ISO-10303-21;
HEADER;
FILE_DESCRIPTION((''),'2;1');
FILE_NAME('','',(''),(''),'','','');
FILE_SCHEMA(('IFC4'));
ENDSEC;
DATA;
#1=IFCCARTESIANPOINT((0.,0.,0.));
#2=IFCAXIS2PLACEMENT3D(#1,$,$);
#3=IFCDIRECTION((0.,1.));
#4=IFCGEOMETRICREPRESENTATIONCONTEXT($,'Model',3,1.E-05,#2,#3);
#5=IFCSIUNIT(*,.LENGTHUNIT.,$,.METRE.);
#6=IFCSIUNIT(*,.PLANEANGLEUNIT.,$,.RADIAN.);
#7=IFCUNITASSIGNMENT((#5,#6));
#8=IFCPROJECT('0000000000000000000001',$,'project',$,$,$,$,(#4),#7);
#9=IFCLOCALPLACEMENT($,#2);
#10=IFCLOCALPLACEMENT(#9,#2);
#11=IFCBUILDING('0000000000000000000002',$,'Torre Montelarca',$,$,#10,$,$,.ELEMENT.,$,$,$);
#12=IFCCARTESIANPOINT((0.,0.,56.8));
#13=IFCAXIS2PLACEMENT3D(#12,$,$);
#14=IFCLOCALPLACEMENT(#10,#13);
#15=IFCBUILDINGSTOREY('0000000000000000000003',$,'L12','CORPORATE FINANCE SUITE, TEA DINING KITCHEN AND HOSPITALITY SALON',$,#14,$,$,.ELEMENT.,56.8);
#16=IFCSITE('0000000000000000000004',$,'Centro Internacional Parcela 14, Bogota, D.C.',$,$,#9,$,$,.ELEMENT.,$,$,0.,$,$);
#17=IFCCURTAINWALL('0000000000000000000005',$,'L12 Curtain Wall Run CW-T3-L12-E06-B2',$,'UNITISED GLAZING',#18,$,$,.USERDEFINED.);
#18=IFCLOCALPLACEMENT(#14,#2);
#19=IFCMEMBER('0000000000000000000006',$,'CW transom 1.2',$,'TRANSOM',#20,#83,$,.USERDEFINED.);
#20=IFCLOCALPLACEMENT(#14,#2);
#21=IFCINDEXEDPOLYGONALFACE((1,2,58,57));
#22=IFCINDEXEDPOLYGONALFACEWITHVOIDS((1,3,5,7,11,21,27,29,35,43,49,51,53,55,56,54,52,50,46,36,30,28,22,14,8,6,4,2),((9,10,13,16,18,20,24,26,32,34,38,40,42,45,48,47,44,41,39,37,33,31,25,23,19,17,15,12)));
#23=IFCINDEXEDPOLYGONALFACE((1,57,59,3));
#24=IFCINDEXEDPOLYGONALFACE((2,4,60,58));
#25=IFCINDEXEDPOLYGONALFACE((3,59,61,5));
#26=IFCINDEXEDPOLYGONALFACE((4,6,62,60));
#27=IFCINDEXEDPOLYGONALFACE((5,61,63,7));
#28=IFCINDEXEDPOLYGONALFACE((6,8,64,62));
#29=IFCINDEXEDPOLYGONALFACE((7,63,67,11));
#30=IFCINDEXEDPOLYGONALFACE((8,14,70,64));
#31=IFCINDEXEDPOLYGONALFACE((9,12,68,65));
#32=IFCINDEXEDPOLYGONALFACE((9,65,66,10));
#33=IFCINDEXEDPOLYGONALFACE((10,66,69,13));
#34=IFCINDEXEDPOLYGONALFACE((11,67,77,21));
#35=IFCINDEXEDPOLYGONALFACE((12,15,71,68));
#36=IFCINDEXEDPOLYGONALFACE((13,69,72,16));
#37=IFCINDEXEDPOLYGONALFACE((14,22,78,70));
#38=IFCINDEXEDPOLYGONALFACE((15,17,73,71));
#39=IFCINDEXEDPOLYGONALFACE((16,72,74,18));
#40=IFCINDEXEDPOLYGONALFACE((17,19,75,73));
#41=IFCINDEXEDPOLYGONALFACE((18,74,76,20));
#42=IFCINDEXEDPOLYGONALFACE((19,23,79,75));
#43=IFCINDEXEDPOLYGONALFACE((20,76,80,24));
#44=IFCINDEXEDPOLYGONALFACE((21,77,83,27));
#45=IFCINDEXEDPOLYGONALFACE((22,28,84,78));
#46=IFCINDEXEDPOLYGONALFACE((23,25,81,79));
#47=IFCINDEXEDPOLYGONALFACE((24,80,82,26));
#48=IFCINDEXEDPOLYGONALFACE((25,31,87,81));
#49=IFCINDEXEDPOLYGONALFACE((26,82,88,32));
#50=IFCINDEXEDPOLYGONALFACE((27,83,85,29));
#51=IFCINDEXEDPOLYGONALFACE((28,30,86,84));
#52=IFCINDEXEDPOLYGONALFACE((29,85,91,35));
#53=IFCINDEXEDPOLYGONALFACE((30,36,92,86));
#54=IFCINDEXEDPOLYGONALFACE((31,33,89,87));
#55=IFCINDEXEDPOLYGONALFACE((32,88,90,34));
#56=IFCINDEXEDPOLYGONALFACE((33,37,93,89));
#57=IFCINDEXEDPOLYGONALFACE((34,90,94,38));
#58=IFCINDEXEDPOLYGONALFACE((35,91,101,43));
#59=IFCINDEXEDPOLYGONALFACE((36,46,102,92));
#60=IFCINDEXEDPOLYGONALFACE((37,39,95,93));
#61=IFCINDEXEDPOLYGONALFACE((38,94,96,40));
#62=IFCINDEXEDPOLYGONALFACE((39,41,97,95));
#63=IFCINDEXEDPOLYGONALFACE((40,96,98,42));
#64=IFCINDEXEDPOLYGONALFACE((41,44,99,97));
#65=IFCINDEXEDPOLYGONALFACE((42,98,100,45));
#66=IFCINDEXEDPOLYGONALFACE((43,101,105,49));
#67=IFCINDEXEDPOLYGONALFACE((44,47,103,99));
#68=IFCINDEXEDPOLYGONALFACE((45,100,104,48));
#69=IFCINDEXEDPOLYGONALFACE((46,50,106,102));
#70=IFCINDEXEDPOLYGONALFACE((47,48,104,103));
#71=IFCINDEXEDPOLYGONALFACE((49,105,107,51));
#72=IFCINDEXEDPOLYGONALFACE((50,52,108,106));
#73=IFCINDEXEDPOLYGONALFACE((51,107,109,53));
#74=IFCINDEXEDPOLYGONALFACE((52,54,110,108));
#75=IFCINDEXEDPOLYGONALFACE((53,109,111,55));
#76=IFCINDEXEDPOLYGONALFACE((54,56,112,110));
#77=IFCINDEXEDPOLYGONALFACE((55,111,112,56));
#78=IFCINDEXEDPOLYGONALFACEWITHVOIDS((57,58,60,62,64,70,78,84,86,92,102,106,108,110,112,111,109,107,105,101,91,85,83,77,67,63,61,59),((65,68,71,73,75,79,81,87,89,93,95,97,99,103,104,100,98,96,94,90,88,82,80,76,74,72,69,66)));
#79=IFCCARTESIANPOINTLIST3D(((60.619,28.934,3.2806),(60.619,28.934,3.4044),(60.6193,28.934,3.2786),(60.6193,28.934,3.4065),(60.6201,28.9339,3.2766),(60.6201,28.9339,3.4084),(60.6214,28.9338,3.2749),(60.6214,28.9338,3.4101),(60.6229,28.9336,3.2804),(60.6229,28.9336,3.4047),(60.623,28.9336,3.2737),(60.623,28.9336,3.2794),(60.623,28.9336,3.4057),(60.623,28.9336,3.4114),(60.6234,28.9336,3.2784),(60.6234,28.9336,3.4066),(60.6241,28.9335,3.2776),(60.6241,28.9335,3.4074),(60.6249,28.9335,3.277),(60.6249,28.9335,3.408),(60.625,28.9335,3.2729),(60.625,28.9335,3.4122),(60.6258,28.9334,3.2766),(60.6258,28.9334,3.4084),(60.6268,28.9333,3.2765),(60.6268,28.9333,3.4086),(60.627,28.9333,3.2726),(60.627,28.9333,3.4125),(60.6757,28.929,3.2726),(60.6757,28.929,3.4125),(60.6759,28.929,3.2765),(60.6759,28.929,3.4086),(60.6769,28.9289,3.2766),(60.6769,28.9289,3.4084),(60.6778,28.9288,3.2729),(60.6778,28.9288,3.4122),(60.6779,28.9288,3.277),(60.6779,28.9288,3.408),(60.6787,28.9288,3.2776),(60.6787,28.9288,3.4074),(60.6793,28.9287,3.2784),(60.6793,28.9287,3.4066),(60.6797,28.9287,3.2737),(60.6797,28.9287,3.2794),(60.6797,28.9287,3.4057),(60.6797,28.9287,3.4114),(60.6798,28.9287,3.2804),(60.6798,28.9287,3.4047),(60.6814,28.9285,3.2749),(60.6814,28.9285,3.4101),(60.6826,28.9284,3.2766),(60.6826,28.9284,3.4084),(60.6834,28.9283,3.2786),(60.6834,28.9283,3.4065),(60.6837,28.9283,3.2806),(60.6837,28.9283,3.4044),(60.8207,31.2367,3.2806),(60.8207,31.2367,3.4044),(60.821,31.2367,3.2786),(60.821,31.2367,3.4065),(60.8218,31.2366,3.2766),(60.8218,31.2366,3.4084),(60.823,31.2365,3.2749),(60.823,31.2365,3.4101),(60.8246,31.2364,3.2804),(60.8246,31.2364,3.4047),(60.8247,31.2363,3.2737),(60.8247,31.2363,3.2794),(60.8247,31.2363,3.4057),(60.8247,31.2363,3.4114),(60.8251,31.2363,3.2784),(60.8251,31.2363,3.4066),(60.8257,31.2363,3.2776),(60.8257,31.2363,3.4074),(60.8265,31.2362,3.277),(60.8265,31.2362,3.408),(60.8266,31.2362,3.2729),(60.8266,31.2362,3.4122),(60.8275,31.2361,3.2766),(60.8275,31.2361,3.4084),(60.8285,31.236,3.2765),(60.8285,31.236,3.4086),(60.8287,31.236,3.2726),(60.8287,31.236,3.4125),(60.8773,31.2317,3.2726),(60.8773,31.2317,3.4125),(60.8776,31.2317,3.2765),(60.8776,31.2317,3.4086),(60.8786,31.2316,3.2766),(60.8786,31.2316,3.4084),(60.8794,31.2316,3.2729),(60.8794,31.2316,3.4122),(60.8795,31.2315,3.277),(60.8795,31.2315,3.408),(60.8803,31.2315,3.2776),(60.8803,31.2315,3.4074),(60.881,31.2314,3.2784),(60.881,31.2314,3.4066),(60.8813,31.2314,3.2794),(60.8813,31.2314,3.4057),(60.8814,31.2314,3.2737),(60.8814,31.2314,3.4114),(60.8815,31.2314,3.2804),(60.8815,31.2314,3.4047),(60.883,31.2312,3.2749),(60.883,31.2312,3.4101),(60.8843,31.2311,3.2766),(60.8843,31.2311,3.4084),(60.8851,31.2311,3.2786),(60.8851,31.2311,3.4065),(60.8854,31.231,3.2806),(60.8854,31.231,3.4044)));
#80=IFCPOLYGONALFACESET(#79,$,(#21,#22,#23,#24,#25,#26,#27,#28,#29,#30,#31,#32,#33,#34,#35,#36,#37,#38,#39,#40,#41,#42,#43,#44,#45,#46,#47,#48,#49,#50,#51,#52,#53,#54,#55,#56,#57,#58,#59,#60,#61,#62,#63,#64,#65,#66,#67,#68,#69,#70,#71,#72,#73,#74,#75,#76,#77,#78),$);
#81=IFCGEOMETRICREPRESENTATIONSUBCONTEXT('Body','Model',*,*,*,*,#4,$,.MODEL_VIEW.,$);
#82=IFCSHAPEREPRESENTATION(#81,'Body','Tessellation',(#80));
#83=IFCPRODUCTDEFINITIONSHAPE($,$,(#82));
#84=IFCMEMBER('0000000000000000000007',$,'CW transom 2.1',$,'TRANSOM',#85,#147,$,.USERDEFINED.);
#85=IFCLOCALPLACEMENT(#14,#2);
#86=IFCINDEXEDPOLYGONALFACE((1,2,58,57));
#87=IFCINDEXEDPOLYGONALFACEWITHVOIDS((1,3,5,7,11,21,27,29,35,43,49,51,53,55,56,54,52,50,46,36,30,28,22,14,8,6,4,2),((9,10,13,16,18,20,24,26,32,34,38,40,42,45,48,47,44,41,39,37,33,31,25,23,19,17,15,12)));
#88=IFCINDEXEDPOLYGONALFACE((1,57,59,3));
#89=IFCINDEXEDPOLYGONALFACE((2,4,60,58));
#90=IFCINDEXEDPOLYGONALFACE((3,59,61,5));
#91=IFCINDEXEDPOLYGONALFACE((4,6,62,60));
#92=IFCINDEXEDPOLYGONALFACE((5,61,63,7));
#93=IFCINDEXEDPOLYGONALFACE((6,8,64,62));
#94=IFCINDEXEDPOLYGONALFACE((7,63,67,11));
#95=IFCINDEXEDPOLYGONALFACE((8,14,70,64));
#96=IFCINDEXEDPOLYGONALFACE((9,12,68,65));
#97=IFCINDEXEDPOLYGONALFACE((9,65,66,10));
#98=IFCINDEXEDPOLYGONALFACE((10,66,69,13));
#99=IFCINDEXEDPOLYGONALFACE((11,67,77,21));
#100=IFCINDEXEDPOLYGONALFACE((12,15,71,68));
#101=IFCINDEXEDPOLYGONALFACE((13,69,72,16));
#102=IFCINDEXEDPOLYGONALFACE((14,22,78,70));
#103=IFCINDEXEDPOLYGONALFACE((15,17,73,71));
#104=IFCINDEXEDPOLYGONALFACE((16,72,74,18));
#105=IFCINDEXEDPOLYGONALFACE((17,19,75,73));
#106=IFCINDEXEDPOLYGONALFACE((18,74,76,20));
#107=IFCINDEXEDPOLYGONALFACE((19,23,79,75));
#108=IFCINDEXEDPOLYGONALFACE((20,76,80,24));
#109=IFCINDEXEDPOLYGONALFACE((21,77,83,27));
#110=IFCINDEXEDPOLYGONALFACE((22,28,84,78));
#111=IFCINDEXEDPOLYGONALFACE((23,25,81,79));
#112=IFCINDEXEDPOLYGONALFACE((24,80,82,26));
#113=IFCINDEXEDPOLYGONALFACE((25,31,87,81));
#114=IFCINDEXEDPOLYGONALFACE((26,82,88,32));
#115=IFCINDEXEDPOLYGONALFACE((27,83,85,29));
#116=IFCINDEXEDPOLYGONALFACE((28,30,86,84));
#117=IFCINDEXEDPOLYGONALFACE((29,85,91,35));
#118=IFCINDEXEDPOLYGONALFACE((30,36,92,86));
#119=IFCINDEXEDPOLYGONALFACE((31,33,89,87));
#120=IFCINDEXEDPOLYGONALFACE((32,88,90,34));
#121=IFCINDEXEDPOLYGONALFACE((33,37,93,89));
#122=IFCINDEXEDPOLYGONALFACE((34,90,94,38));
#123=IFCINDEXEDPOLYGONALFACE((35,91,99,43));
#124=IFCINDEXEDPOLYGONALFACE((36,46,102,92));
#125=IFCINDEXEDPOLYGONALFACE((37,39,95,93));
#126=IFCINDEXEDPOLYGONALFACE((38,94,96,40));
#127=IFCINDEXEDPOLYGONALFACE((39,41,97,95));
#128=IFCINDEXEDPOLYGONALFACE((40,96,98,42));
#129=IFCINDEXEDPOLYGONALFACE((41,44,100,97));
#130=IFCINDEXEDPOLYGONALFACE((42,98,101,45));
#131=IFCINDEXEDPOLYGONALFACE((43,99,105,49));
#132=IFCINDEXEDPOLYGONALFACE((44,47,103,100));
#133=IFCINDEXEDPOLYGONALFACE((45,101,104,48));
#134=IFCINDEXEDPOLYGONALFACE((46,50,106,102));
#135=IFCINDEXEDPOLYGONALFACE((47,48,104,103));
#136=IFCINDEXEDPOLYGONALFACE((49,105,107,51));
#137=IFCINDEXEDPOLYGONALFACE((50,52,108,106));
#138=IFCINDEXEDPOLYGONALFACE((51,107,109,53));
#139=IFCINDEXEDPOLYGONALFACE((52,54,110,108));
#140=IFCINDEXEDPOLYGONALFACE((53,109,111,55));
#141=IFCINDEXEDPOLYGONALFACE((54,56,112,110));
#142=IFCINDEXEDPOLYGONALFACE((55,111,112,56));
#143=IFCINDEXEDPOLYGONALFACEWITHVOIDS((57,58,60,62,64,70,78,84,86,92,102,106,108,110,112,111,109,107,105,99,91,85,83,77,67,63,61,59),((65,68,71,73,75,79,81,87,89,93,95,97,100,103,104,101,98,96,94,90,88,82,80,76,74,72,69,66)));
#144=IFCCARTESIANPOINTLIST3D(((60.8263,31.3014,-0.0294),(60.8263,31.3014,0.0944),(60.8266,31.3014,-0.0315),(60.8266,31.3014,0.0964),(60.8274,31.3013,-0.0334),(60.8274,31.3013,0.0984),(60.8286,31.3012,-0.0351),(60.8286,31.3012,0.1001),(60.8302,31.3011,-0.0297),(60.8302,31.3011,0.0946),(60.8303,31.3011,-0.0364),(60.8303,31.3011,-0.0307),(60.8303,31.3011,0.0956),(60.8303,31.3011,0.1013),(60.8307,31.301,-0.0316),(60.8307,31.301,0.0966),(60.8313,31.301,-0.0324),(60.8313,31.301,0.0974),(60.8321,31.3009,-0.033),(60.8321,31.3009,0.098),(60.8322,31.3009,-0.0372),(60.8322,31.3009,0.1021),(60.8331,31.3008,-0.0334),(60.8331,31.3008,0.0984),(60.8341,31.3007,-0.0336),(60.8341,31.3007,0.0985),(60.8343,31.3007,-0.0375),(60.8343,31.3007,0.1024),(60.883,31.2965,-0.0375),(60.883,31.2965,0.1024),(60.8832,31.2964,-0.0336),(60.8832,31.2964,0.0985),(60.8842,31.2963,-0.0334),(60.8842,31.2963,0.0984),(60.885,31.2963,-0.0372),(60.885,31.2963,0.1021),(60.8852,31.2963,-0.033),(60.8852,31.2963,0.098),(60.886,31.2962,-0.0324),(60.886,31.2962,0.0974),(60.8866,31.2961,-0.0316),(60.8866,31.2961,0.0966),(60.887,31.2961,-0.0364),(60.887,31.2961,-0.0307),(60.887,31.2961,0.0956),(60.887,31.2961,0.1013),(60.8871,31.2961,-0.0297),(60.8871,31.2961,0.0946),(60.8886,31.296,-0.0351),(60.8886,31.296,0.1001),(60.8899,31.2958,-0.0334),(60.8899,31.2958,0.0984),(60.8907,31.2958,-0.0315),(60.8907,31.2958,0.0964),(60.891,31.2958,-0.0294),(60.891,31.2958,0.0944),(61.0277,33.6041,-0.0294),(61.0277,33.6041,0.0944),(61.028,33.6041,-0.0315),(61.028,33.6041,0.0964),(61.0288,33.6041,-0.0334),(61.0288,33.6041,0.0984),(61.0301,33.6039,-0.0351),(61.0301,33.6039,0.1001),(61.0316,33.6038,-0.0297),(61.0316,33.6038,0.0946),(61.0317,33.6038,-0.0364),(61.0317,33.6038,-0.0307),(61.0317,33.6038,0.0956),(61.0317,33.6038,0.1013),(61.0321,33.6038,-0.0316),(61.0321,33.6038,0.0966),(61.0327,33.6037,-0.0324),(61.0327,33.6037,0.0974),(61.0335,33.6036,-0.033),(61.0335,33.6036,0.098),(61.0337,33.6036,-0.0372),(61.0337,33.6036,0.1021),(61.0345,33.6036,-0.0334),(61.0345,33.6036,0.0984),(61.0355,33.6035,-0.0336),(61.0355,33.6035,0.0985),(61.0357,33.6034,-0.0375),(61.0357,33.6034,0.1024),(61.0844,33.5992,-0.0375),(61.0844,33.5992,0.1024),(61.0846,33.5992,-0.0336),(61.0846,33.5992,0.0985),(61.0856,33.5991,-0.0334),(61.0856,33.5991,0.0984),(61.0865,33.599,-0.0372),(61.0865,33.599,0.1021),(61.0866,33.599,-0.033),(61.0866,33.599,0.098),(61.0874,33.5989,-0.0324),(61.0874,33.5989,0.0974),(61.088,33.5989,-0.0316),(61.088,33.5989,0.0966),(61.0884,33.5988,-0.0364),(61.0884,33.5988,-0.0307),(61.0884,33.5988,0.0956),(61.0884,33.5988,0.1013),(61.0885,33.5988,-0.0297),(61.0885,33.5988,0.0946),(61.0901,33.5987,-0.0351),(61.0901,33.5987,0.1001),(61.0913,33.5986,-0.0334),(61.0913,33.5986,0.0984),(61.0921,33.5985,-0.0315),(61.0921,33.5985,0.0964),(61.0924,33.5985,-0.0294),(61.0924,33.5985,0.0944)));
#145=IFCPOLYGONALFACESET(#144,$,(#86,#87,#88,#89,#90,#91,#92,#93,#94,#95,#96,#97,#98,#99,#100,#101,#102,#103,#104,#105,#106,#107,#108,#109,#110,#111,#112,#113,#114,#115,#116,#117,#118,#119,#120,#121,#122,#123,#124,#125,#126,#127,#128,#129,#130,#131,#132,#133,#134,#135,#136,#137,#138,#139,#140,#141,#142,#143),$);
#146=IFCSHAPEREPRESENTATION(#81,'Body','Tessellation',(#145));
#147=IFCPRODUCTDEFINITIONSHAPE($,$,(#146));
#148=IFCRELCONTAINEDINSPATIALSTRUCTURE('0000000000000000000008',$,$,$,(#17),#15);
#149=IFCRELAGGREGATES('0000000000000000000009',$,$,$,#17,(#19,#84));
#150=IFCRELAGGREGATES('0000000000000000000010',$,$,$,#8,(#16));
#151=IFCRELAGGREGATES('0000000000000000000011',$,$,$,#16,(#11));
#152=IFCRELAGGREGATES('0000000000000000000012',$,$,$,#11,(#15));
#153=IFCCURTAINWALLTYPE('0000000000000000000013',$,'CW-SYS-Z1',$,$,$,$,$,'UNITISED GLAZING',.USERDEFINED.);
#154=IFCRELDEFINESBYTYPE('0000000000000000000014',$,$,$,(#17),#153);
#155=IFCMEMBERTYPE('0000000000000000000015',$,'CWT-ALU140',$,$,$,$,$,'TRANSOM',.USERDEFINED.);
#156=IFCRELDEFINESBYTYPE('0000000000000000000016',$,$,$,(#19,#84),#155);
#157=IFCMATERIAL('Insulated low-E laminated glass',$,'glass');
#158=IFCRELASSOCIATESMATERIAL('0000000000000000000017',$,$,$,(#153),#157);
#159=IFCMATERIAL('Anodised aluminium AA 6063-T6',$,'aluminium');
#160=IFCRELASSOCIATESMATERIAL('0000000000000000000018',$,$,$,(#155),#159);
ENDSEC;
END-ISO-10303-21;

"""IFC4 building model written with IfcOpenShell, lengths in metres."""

from ifc_helpers import new_model, si_unit, direction, frame, origin, origin_2d, place, context, subcontext, project, spatial, hollow_rectangle, extrude, source, transform, mapped, material, material_profile, profile_set, type_object, element, aggregate, save


model = new_model("IFC4")

# Units and contexts
model_context = context("Model", 3, precision=1e-05, world=origin(), true_north=direction((0.0, 1.0)))
body_context = subcontext(model_context, "Body", "Model", "MODEL_VIEW")
ifc_project = project(units=[si_unit("LENGTHUNIT", "METRE"), si_unit("PLANEANGLEUNIT", "RADIAN")], contexts=[model_context])

# Site, building, storey
site_placement = place(None, origin())
site = spatial("IfcSite", under=ifc_project, at=site_placement, Name="Centro Internacional Parcela 14, Bogota, D.C.", CompositionType="ELEMENT", RefElevation=0.0)
building_placement = place(site_placement, origin())
building = spatial("IfcBuilding", under=site, at=building_placement, Name="Torre Montelarca", CompositionType="ELEMENT")
storey_placement = place(building_placement, frame((0.0, 0.0, 56.8)))
storey = spatial("IfcBuildingStorey", under=building, at=storey_placement, Name="L12", Description="CORPORATE FINANCE SUITE, TEA DINING KITCHEN AND HOSPITALITY SALON", CompositionType="ELEMENT", Elevation=56.8)

# Curtain wall
ifc_material_1 = material(Name="Insulated low-E laminated glass", Category="glass")
curtain_wall_type = type_object("IfcCurtainWallType", Name="CW-SYS-Z1", ElementType="UNITISED GLAZING", PredefinedType="USERDEFINED", material=ifc_material_1)
ifc_material_2 = material(Name="Anodised aluminium AA 6063-T6", Category="aluminium")
ifc_material_profile_1 = material_profile(ifc_material_2, hollow_rectangle(XDim=0.0649, YDim=0.1399, WallThickness=0.0039, InnerFilletRadius=0.0039, OuterFilletRadius=0.0081, at=origin_2d()), Name="ALU65X140X4", Category="aluminium")
ifc_profile_set_1 = profile_set([ifc_material_profile_1], Name="Anodised aluminium AA 6063-T6")
member_type_1 = type_object("IfcMemberType", Name="CWT-ALU140", ElementType="TRANSOM", PredefinedType="USERDEFINED", material=ifc_profile_set_1)
curtain_wall_1_placement = place(storey_placement, origin())
curtain_wall_1 = element("IfcCurtainWall", 1, at=curtain_wall_1_placement, inside=storey, type_object=curtain_wall_type, Name="L12 Curtain Wall Run CW-T3-L12-E06-B2", ObjectType="UNITISED GLAZING", PredefinedType="USERDEFINED")

# Members
shared_shape_1 = source(origin(), body_context, "Body", "SweptSolid", [
    extrude(hollow_rectangle(XDim=0.0649, YDim=0.1399, WallThickness=0.0039, InnerFilletRadius=0.0039, OuterFilletRadius=0.0081, at=origin_2d()), origin(), (0.0, 0.0, 1.0), 2.3115),
])
member_1_placement = place(storey_placement, frame((60.6514, 28.9312, 3.3425), z_axis=(0.08724, 0.996187, 0.0), x_axis=(-0.996187, 0.08724, 0.0)))
member_1 = element("IfcMember", 2, at=member_1_placement, type_object=member_type_1, Name="CW transom 1.2", ObjectType="TRANSOM", PredefinedType="USERDEFINED", context=body_context, shape_type="MappedRepresentation", body=[
    mapped(shared_shape_1, transform((0.0, 0.0, 0.0), scale=1.0)),
])
member_2_placement = place(storey_placement, frame((60.8586, 31.2986, 0.0325), z_axis=(0.087136, 0.996196, 0.0), x_axis=(-0.996196, 0.087136, 0.0)))
member_2 = element("IfcMember", 3, at=member_2_placement, type_object=member_type_1, Name="CW transom 2.1", ObjectType="TRANSOM", PredefinedType="USERDEFINED", context=body_context, shape_type="MappedRepresentation", body=[
    mapped(shared_shape_1, transform((0.0, 0.0, 0.0), scale=1.0)),
])

aggregate(curtain_wall_1, [member_1, member_2])

save(model, "model.ifc")
